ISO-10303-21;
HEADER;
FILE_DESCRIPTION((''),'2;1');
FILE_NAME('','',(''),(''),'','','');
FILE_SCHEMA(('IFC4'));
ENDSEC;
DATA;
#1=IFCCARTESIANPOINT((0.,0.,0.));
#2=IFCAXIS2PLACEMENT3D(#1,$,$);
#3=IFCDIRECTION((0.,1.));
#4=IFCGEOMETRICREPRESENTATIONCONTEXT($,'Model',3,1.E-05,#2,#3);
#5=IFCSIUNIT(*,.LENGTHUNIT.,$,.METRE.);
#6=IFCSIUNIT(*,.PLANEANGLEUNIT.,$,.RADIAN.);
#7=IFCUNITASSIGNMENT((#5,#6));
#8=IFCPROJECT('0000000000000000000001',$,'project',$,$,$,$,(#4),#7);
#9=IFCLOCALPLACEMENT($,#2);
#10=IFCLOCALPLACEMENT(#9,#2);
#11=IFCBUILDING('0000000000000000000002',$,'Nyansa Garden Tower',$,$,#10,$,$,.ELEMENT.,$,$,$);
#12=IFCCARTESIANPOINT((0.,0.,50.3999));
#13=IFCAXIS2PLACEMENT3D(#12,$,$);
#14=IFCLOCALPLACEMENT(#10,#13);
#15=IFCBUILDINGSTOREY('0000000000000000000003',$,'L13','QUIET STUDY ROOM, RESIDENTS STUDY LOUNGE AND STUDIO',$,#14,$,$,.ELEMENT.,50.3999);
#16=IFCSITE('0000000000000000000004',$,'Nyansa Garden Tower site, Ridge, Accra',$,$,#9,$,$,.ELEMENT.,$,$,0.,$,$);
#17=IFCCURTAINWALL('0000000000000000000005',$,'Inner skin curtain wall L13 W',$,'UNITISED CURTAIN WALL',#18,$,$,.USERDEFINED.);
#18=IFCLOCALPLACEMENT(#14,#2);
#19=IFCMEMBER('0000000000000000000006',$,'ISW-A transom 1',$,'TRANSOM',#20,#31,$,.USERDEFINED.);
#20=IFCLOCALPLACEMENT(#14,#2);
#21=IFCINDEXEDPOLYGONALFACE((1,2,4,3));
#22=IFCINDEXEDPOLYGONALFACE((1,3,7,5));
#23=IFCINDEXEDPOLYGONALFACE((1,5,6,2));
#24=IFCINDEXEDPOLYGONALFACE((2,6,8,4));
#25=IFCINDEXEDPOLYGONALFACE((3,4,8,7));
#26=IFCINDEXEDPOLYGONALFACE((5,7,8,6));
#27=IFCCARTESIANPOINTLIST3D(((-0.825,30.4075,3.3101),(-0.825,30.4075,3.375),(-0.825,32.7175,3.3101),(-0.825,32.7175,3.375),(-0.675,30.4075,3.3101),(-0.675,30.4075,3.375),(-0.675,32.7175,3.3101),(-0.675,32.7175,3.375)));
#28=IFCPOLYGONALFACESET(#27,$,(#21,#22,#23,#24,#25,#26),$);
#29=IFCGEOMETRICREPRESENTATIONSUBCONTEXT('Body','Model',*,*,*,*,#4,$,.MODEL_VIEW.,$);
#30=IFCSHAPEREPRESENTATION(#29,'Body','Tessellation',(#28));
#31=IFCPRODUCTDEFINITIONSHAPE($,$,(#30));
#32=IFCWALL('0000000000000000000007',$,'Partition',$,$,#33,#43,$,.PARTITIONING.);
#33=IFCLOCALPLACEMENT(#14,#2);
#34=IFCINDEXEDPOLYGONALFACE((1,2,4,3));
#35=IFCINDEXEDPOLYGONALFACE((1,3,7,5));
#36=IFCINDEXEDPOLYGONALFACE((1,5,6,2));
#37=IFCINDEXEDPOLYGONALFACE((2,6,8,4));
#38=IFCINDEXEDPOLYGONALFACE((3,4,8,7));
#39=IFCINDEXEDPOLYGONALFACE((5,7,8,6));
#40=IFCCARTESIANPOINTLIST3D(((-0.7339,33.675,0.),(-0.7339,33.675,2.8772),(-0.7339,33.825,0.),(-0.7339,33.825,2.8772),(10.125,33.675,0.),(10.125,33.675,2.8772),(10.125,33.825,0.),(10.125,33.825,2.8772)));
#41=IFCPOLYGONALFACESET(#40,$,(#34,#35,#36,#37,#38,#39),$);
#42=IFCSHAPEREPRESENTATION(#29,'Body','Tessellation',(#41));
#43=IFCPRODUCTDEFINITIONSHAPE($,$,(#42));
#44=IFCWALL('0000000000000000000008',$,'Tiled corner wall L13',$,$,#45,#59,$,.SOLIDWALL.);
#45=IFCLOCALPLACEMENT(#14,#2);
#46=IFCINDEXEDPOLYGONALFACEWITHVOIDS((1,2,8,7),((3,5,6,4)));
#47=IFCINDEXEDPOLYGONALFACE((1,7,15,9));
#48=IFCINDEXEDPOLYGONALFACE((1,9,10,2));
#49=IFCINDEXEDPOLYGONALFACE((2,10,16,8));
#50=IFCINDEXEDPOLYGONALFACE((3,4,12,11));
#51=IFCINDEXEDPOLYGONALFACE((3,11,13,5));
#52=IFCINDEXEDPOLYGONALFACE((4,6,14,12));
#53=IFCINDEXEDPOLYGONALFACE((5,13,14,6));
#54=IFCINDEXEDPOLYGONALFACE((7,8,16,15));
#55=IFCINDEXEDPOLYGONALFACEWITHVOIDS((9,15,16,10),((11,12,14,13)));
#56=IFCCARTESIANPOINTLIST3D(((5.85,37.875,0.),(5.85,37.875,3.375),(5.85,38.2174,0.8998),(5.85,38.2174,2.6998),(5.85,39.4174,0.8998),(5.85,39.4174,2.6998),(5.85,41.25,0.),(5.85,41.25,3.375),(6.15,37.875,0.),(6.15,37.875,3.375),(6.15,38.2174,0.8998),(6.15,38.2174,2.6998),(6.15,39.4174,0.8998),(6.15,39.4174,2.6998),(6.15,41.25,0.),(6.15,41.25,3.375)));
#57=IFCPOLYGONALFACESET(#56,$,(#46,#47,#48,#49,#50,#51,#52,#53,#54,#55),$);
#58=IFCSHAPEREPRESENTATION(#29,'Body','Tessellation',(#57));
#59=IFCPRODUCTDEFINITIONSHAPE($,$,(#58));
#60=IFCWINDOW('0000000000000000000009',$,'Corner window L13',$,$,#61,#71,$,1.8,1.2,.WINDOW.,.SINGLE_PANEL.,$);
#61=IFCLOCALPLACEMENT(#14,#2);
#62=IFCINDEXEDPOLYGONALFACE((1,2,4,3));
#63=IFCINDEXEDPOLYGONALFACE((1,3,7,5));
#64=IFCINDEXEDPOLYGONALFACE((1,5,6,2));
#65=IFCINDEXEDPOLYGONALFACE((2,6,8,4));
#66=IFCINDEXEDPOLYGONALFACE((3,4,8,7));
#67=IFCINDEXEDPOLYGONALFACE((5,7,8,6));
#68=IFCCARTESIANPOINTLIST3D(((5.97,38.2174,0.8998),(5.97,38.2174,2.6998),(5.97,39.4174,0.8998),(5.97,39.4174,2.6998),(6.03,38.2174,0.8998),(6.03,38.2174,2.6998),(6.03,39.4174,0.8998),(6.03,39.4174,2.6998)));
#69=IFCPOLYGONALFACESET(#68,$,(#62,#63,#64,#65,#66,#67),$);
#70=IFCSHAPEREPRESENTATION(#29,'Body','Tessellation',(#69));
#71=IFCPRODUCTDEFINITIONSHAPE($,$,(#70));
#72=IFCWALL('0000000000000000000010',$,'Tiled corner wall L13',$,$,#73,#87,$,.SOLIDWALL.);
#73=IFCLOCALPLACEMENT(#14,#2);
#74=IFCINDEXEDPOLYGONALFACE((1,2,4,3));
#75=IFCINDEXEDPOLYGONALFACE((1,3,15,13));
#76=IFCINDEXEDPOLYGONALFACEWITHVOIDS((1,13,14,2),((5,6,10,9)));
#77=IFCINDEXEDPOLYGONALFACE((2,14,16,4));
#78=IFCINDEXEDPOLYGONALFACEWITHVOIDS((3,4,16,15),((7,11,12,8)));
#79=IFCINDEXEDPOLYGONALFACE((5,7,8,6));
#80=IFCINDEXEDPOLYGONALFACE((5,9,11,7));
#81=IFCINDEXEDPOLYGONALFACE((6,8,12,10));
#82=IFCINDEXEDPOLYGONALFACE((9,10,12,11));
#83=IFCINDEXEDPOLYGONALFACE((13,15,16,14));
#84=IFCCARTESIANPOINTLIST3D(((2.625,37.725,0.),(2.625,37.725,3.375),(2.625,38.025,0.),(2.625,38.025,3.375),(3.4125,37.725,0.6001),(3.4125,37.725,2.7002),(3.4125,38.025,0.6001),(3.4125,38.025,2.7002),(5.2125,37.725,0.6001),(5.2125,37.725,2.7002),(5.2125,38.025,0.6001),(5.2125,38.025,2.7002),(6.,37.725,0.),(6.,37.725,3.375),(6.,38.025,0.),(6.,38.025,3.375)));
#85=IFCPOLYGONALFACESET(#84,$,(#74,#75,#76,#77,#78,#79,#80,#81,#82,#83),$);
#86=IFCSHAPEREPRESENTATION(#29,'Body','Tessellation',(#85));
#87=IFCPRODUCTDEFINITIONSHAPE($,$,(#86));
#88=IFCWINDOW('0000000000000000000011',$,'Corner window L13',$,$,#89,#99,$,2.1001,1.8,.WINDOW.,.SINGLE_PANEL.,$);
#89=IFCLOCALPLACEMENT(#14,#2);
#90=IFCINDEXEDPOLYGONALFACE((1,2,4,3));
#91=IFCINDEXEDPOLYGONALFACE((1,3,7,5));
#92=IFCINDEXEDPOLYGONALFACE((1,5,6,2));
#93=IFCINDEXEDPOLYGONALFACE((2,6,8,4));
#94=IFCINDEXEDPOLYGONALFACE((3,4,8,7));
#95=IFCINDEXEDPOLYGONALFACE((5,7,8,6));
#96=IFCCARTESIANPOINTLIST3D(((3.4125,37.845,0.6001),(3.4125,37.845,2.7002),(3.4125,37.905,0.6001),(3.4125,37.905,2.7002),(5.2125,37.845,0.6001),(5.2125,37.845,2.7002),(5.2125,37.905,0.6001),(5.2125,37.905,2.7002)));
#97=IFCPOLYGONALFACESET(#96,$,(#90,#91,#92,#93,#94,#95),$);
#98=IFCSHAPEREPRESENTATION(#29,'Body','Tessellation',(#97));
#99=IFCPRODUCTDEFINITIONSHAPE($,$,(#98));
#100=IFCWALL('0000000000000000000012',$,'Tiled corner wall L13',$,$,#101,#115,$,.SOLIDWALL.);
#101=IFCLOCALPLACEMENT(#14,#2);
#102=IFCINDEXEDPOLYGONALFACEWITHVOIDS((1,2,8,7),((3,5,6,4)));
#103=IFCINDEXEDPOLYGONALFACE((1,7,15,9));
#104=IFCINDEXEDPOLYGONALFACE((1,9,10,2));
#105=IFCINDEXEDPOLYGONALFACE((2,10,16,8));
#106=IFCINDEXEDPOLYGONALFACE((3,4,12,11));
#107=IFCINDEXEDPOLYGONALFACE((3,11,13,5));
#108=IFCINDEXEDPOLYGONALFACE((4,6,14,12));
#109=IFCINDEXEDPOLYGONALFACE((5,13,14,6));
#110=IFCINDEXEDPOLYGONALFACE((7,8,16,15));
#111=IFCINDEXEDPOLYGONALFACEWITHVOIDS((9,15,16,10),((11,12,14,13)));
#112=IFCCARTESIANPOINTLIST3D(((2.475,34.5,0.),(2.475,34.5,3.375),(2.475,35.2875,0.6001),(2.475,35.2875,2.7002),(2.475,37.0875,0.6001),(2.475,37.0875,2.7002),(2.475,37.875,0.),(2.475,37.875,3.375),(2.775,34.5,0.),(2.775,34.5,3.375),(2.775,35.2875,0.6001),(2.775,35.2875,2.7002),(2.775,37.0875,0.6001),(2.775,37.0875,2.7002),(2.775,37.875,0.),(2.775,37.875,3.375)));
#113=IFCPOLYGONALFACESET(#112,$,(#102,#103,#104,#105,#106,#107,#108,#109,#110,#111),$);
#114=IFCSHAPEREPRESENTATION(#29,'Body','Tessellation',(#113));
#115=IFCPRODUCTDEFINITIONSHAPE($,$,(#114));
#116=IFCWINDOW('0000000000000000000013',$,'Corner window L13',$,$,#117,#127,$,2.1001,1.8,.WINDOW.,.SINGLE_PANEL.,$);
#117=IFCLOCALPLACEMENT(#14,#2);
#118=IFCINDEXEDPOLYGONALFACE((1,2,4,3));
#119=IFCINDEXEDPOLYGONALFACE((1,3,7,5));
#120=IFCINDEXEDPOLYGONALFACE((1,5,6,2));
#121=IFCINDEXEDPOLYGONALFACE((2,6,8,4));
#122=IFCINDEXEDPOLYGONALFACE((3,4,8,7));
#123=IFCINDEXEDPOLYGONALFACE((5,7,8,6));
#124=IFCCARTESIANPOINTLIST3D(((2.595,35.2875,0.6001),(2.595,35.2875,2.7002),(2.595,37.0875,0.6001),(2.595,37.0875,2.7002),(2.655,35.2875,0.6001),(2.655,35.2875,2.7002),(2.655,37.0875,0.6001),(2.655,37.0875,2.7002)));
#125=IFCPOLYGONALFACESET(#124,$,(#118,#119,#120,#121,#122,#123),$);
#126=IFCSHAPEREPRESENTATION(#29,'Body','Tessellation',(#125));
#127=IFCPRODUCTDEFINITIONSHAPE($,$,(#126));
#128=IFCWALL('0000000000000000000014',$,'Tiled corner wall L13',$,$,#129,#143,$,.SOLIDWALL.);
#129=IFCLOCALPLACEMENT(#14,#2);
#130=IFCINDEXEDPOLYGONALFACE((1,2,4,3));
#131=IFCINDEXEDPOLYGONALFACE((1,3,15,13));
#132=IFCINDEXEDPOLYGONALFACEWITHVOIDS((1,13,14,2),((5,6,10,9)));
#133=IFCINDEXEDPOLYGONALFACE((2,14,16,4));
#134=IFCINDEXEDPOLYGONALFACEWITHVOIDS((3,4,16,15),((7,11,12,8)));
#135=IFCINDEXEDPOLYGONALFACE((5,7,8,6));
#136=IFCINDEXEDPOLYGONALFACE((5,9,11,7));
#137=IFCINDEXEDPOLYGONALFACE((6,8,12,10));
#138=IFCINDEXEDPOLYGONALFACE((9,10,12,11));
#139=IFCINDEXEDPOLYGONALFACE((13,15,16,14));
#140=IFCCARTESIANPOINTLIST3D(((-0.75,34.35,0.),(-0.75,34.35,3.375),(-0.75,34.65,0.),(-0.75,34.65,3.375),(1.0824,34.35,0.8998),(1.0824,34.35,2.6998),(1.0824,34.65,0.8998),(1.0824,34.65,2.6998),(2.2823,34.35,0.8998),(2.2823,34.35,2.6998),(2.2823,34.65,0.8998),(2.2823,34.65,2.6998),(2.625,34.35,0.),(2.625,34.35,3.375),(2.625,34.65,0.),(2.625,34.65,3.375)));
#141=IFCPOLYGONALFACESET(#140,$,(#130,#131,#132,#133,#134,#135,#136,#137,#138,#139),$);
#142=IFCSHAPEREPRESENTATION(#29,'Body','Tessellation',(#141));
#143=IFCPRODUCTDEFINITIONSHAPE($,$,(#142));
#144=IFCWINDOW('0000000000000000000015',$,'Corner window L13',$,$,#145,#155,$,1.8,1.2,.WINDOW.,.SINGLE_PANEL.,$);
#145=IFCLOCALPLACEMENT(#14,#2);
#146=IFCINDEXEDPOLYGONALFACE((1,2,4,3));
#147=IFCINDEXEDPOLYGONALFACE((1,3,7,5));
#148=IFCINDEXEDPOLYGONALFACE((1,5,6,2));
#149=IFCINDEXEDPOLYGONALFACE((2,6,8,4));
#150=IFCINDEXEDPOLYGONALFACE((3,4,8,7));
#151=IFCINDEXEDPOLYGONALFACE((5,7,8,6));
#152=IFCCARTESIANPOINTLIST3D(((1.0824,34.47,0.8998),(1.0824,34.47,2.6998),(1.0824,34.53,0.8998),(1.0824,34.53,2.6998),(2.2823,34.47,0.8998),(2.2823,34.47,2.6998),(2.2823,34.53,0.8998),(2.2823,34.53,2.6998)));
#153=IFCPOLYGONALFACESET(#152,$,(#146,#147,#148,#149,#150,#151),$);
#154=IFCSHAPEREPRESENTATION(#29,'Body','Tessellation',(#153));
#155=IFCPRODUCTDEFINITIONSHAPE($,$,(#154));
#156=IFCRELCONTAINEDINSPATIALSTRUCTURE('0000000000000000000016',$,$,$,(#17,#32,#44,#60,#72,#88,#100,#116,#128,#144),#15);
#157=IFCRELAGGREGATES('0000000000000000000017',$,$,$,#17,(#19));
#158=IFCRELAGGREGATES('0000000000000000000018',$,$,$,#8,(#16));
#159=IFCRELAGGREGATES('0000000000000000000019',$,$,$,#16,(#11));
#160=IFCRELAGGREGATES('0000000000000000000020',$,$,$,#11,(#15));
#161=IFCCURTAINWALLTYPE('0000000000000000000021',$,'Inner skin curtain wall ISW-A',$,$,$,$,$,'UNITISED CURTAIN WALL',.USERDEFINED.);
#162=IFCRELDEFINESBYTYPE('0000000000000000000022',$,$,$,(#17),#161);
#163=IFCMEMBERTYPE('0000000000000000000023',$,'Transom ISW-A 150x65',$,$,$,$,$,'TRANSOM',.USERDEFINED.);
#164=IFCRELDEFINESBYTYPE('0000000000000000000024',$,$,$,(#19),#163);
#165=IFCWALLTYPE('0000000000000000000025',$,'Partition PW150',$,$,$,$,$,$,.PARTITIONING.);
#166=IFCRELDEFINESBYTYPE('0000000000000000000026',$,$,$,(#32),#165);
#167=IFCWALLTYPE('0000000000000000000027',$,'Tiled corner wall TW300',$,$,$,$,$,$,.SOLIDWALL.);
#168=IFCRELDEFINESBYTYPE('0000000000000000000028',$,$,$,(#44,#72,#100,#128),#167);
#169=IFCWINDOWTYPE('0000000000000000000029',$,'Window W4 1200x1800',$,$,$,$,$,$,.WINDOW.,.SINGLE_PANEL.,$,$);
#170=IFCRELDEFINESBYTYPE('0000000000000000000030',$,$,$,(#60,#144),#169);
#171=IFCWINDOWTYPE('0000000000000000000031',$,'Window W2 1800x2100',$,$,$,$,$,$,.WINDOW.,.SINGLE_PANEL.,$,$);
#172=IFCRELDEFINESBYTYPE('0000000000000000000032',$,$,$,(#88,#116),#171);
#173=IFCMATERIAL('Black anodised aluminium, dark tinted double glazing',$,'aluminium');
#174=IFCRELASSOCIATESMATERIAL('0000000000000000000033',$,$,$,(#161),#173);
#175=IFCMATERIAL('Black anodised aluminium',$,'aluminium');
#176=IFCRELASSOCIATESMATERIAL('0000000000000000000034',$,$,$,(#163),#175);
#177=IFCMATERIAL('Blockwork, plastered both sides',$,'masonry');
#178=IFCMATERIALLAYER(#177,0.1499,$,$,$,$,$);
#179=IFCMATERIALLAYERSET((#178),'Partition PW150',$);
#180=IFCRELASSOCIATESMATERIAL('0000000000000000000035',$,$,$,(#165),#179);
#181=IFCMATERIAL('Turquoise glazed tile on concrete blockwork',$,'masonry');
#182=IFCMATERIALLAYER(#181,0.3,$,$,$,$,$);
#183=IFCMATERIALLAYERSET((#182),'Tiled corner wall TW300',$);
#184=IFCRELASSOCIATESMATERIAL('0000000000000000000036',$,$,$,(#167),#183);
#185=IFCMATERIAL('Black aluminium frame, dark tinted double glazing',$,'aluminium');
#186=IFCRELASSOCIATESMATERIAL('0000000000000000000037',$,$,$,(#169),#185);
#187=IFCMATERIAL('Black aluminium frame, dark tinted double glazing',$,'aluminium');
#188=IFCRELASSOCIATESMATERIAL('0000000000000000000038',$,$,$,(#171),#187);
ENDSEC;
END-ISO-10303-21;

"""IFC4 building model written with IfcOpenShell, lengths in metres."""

from ifc_helpers import new_model, si_unit, direction, frame, frame_2d, origin, origin_2d, place, context, subcontext, project, spatial, rectangle, extrude, material, layer, layer_set, material_profile, profile_set, type_object, element, fill, aggregate, save


model = new_model("IFC4")

# Units and contexts
model_context = context("Model", 3, precision=1e-05, world=origin(), true_north=direction((0.0, 1.0)))
body_context = subcontext(model_context, "Body", "Model", "MODEL_VIEW")
ifc_project = project(units=[si_unit("LENGTHUNIT", "METRE"), si_unit("PLANEANGLEUNIT", "RADIAN")], contexts=[model_context])

# Site, building, storey
site_placement = place(None, origin())
site = spatial("IfcSite", under=ifc_project, at=site_placement, Name="Nyansa Garden Tower site, Ridge, Accra", CompositionType="ELEMENT", RefElevation=0.0)
building_placement = place(site_placement, origin())
building = spatial("IfcBuilding", under=site, at=building_placement, Name="Nyansa Garden Tower", CompositionType="ELEMENT")
storey_placement = place(building_placement, frame((0.0, 0.0, 50.3999)))
storey = spatial("IfcBuildingStorey", under=building, at=storey_placement, Name="L13", Description="QUIET STUDY ROOM, RESIDENTS STUDY LOUNGE AND STUDIO", CompositionType="ELEMENT", Elevation=50.3999)

# Curtain wall
ifc_material_1 = material(Name="Black anodised aluminium, dark tinted double glazing", Category="aluminium")
curtain_wall_type = type_object("IfcCurtainWallType", Name="Inner skin curtain wall ISW-A", ElementType="UNITISED CURTAIN WALL", PredefinedType="USERDEFINED", material=ifc_material_1)
curtain_wall_placement = place(storey_placement, origin())
curtain_wall = element("IfcCurtainWall", 1, at=curtain_wall_placement, inside=storey, type_object=curtain_wall_type, Name="Inner skin curtain wall L13 W", ObjectType="UNITISED CURTAIN WALL", PredefinedType="USERDEFINED")

# Member
ifc_material_2 = material(Name="Black anodised aluminium", Category="aluminium")
ifc_material_profile_1 = material_profile(ifc_material_2, rectangle(XDim=0.1499, YDim=0.0649, at=origin_2d()), Name="Transom 150x65")
ifc_profile_set_1 = profile_set([ifc_material_profile_1], Name="Black anodised aluminium")
member_type_1 = type_object("IfcMemberType", Name="Transom ISW-A 150x65", ElementType="TRANSOM", PredefinedType="USERDEFINED", material=ifc_profile_set_1)
member_1_placement = place(storey_placement, frame((-0.75, 32.7175, 3.3425), z_axis=(0.0, -1.0, 0.0), x_axis=(1.0, 0.0, 0.0)))
member_1 = element("IfcMember", 2, at=member_1_placement, type_object=member_type_1, Name="ISW-A transom 1", ObjectType="TRANSOM", PredefinedType="USERDEFINED", context=body_context, shape_type="SweptSolid", body=[
    extrude(rectangle(XDim=0.1499, YDim=0.0649, at=origin_2d()), origin(), (0.0, 0.0, 1.0), 2.3101),
])
aggregate(curtain_wall, [member_1])

# Wall
ifc_material_3 = material(Name="Blockwork, plastered both sides", Category="masonry")
ifc_layer_1 = layer(ifc_material_3, 0.1499)
ifc_layer_set_1 = layer_set([ifc_layer_1], Name="Partition PW150")
wall_type_1 = type_object("IfcWallType", Name="Partition PW150", PredefinedType="PARTITIONING", material=ifc_layer_set_1)
wall_1_placement = place(storey_placement, frame((-0.7339, 33.75, 0.0), z_axis=(0.0, 0.0, 1.0), x_axis=(1.0, 0.0, 0.0)))
element("IfcWall", 3, at=wall_1_placement, inside=storey, type_object=wall_type_1, Name="Partition", PredefinedType="PARTITIONING", context=body_context, shape_type="SweptSolid", body=[
    extrude(rectangle(XDim=10.8589, YDim=0.1499, at=frame_2d((5.4294, 0.0))), origin(), (0.0, 0.0, 1.0), 2.8772),
])

# Walls, openings, windows
ifc_material_4 = material(Name="Turquoise glazed tile on concrete blockwork", Category="masonry")
ifc_layer_2 = layer(ifc_material_4, 0.3)
ifc_layer_set_2 = layer_set([ifc_layer_2], Name="Tiled corner wall TW300")
wall_type_2 = type_object("IfcWallType", Name="Tiled corner wall TW300", PredefinedType="SOLIDWALL", material=ifc_layer_set_2)
wall_2_placement = place(storey_placement, frame((6.0, 41.25, 0.0), z_axis=(0.0, 0.0, 1.0), x_axis=(0.0, -1.0, 0.0)))
wall_2 = element("IfcWall", 4, at=wall_2_placement, inside=storey, type_object=wall_type_2, Name="Tiled corner wall L13", PredefinedType="SOLIDWALL", context=body_context, shape_type="SweptSolid", body=[
    extrude(rectangle(XDim=3.375, YDim=0.3, at=frame_2d((1.6875, 0.0))), origin(), (0.0, 0.0, 1.0), 3.375),
])
opening_1_placement = place(wall_2_placement, frame((1.8325, 0.0, 0.8999)))
opening_1 = element("IfcOpeningElement", 5, at=opening_1_placement, cuts=wall_2, PredefinedType="OPENING", context=body_context, shape_type="SweptSolid", body=[
    extrude(rectangle(XDim=1.2, YDim=1.8, at=frame_2d((0.6001, 0.8999))), frame((0.0, 0.1599, 0.0), z_axis=(0.0, -1.0, 0.0), x_axis=(1.0, 0.0, 0.0)), (0.0, 0.0, 1.0), 0.3201),
])
ifc_material_5 = material(Name="Black aluminium frame, dark tinted double glazing", Category="aluminium")
window_type_1 = type_object("IfcWindowType", Name="Window W4 1200x1800", PartitioningType="SINGLE_PANEL", PredefinedType="WINDOW", material=ifc_material_5)
window_1_placement = place(opening_1_placement, origin())
window_1 = element("IfcWindow", 6, at=window_1_placement, inside=storey, type_object=window_type_1, Name="Corner window L13", OverallHeight=1.8, OverallWidth=1.2, PartitioningType="SINGLE_PANEL", PredefinedType="WINDOW", context=body_context, shape_type="SweptSolid", body=[
    extrude(rectangle(XDim=1.2, YDim=1.8, at=frame_2d((0.6001, 0.8999))), frame((0.0, 0.03, 0.0), z_axis=(0.0, -1.0, 0.0), x_axis=(1.0, 0.0, 0.0)), (0.0, 0.0, 1.0), 0.0601),
])
fill(opening_1, window_1)
wall_3_placement = place(storey_placement, frame((6.0, 37.875, 0.0), z_axis=(0.0, 0.0, 1.0), x_axis=(-1.0, 0.0, 0.0)))
wall_3 = element("IfcWall", 7, at=wall_3_placement, inside=storey, type_object=wall_type_2, Name="Tiled corner wall L13", PredefinedType="SOLIDWALL", context=body_context, shape_type="SweptSolid", body=[
    extrude(rectangle(XDim=3.375, YDim=0.3, at=frame_2d((1.6875, 0.0))), origin(), (0.0, 0.0, 1.0), 3.375),
])
opening_2_placement = place(wall_3_placement, frame((0.7876, 0.0, 0.6001)))
opening_2 = element("IfcOpeningElement", 8, at=opening_2_placement, cuts=wall_3, PredefinedType="OPENING", context=body_context, shape_type="SweptSolid", body=[
    extrude(rectangle(XDim=1.8, YDim=2.1001, at=frame_2d((0.8999, 1.05))), frame((0.0, 0.1599, 0.0), z_axis=(0.0, -1.0, 0.0), x_axis=(1.0, 0.0, 0.0)), (0.0, 0.0, 1.0), 0.3201),
])
ifc_material_6 = material(Name="Black aluminium frame, dark tinted double glazing", Category="aluminium")
window_type_2 = type_object("IfcWindowType", Name="Window W2 1800x2100", PartitioningType="SINGLE_PANEL", PredefinedType="WINDOW", material=ifc_material_6)
window_2_placement = place(opening_2_placement, origin())
window_2 = element("IfcWindow", 9, at=window_2_placement, inside=storey, type_object=window_type_2, Name="Corner window L13", OverallHeight=2.1001, OverallWidth=1.8, PartitioningType="SINGLE_PANEL", PredefinedType="WINDOW", context=body_context, shape_type="SweptSolid", body=[
    extrude(rectangle(XDim=1.8, YDim=2.1001, at=frame_2d((0.8999, 1.05))), frame((0.0, 0.03, 0.0), z_axis=(0.0, -1.0, 0.0), x_axis=(1.0, 0.0, 0.0)), (0.0, 0.0, 1.0), 0.0601),
])
fill(opening_2, window_2)
wall_4_placement = place(storey_placement, frame((2.625, 37.875, 0.0), z_axis=(0.0, 0.0, 1.0), x_axis=(0.0, -1.0, 0.0)))
wall_4 = element("IfcWall", 10, at=wall_4_placement, inside=storey, type_object=wall_type_2, Name="Tiled corner wall L13", PredefinedType="SOLIDWALL", context=body_context, shape_type="SweptSolid", body=[
    extrude(rectangle(XDim=3.375, YDim=0.3, at=frame_2d((1.6875, 0.0))), origin(), (0.0, 0.0, 1.0), 3.375),
])
opening_3_placement = place(wall_4_placement, frame((0.7876, 0.0, 0.6001)))
opening_3 = element("IfcOpeningElement", 11, at=opening_3_placement, cuts=wall_4, PredefinedType="OPENING", context=body_context, shape_type="SweptSolid", body=[
    extrude(rectangle(XDim=1.8, YDim=2.1001, at=frame_2d((0.8999, 1.05))), frame((0.0, 0.1599, 0.0), z_axis=(0.0, -1.0, 0.0), x_axis=(1.0, 0.0, 0.0)), (0.0, 0.0, 1.0), 0.3201),
])
window_3_placement = place(opening_3_placement, origin())
window_3 = element("IfcWindow", 12, at=window_3_placement, inside=storey, type_object=window_type_2, Name="Corner window L13", OverallHeight=2.1001, OverallWidth=1.8, PartitioningType="SINGLE_PANEL", PredefinedType="WINDOW", context=body_context, shape_type="SweptSolid", body=[
    extrude(rectangle(XDim=1.8, YDim=2.1001, at=frame_2d((0.8999, 1.05))), frame((0.0, 0.03, 0.0), z_axis=(0.0, -1.0, 0.0), x_axis=(1.0, 0.0, 0.0)), (0.0, 0.0, 1.0), 0.0601),
])
fill(opening_3, window_3)
wall_5_placement = place(storey_placement, frame((2.625, 34.5, 0.0), z_axis=(0.0, 0.0, 1.0), x_axis=(-1.0, 0.0, 0.0)))
wall_5 = element("IfcWall", 13, at=wall_5_placement, inside=storey, type_object=wall_type_2, Name="Tiled corner wall L13", PredefinedType="SOLIDWALL", context=body_context, shape_type="SweptSolid", body=[
    extrude(rectangle(XDim=3.375, YDim=0.3, at=frame_2d((1.6875, 0.0))), origin(), (0.0, 0.0, 1.0), 3.375),
])
opening_4_placement = place(wall_5_placement, frame((0.3425, 0.0, 0.8999)))
opening_4 = element("IfcOpeningElement", 14, at=opening_4_placement, cuts=wall_5, PredefinedType="OPENING", context=body_context, shape_type="SweptSolid", body=[
    extrude(rectangle(XDim=1.2, YDim=1.8, at=frame_2d((0.6001, 0.8999))), frame((0.0, 0.1599, 0.0), z_axis=(0.0, -1.0, 0.0), x_axis=(1.0, 0.0, 0.0)), (0.0, 0.0, 1.0), 0.3201),
])
window_4_placement = place(opening_4_placement, origin())
window_4 = element("IfcWindow", 15, at=window_4_placement, inside=storey, type_object=window_type_1, Name="Corner window L13", OverallHeight=1.8, OverallWidth=1.2, PartitioningType="SINGLE_PANEL", PredefinedType="WINDOW", context=body_context, shape_type="SweptSolid", body=[
    extrude(rectangle(XDim=1.2, YDim=1.8, at=frame_2d((0.6001, 0.8999))), frame((0.0, 0.03, 0.0), z_axis=(0.0, -1.0, 0.0), x_axis=(1.0, 0.0, 0.0)), (0.0, 0.0, 1.0), 0.0601),
])
fill(opening_4, window_4)

save(model, "model.ifc")
